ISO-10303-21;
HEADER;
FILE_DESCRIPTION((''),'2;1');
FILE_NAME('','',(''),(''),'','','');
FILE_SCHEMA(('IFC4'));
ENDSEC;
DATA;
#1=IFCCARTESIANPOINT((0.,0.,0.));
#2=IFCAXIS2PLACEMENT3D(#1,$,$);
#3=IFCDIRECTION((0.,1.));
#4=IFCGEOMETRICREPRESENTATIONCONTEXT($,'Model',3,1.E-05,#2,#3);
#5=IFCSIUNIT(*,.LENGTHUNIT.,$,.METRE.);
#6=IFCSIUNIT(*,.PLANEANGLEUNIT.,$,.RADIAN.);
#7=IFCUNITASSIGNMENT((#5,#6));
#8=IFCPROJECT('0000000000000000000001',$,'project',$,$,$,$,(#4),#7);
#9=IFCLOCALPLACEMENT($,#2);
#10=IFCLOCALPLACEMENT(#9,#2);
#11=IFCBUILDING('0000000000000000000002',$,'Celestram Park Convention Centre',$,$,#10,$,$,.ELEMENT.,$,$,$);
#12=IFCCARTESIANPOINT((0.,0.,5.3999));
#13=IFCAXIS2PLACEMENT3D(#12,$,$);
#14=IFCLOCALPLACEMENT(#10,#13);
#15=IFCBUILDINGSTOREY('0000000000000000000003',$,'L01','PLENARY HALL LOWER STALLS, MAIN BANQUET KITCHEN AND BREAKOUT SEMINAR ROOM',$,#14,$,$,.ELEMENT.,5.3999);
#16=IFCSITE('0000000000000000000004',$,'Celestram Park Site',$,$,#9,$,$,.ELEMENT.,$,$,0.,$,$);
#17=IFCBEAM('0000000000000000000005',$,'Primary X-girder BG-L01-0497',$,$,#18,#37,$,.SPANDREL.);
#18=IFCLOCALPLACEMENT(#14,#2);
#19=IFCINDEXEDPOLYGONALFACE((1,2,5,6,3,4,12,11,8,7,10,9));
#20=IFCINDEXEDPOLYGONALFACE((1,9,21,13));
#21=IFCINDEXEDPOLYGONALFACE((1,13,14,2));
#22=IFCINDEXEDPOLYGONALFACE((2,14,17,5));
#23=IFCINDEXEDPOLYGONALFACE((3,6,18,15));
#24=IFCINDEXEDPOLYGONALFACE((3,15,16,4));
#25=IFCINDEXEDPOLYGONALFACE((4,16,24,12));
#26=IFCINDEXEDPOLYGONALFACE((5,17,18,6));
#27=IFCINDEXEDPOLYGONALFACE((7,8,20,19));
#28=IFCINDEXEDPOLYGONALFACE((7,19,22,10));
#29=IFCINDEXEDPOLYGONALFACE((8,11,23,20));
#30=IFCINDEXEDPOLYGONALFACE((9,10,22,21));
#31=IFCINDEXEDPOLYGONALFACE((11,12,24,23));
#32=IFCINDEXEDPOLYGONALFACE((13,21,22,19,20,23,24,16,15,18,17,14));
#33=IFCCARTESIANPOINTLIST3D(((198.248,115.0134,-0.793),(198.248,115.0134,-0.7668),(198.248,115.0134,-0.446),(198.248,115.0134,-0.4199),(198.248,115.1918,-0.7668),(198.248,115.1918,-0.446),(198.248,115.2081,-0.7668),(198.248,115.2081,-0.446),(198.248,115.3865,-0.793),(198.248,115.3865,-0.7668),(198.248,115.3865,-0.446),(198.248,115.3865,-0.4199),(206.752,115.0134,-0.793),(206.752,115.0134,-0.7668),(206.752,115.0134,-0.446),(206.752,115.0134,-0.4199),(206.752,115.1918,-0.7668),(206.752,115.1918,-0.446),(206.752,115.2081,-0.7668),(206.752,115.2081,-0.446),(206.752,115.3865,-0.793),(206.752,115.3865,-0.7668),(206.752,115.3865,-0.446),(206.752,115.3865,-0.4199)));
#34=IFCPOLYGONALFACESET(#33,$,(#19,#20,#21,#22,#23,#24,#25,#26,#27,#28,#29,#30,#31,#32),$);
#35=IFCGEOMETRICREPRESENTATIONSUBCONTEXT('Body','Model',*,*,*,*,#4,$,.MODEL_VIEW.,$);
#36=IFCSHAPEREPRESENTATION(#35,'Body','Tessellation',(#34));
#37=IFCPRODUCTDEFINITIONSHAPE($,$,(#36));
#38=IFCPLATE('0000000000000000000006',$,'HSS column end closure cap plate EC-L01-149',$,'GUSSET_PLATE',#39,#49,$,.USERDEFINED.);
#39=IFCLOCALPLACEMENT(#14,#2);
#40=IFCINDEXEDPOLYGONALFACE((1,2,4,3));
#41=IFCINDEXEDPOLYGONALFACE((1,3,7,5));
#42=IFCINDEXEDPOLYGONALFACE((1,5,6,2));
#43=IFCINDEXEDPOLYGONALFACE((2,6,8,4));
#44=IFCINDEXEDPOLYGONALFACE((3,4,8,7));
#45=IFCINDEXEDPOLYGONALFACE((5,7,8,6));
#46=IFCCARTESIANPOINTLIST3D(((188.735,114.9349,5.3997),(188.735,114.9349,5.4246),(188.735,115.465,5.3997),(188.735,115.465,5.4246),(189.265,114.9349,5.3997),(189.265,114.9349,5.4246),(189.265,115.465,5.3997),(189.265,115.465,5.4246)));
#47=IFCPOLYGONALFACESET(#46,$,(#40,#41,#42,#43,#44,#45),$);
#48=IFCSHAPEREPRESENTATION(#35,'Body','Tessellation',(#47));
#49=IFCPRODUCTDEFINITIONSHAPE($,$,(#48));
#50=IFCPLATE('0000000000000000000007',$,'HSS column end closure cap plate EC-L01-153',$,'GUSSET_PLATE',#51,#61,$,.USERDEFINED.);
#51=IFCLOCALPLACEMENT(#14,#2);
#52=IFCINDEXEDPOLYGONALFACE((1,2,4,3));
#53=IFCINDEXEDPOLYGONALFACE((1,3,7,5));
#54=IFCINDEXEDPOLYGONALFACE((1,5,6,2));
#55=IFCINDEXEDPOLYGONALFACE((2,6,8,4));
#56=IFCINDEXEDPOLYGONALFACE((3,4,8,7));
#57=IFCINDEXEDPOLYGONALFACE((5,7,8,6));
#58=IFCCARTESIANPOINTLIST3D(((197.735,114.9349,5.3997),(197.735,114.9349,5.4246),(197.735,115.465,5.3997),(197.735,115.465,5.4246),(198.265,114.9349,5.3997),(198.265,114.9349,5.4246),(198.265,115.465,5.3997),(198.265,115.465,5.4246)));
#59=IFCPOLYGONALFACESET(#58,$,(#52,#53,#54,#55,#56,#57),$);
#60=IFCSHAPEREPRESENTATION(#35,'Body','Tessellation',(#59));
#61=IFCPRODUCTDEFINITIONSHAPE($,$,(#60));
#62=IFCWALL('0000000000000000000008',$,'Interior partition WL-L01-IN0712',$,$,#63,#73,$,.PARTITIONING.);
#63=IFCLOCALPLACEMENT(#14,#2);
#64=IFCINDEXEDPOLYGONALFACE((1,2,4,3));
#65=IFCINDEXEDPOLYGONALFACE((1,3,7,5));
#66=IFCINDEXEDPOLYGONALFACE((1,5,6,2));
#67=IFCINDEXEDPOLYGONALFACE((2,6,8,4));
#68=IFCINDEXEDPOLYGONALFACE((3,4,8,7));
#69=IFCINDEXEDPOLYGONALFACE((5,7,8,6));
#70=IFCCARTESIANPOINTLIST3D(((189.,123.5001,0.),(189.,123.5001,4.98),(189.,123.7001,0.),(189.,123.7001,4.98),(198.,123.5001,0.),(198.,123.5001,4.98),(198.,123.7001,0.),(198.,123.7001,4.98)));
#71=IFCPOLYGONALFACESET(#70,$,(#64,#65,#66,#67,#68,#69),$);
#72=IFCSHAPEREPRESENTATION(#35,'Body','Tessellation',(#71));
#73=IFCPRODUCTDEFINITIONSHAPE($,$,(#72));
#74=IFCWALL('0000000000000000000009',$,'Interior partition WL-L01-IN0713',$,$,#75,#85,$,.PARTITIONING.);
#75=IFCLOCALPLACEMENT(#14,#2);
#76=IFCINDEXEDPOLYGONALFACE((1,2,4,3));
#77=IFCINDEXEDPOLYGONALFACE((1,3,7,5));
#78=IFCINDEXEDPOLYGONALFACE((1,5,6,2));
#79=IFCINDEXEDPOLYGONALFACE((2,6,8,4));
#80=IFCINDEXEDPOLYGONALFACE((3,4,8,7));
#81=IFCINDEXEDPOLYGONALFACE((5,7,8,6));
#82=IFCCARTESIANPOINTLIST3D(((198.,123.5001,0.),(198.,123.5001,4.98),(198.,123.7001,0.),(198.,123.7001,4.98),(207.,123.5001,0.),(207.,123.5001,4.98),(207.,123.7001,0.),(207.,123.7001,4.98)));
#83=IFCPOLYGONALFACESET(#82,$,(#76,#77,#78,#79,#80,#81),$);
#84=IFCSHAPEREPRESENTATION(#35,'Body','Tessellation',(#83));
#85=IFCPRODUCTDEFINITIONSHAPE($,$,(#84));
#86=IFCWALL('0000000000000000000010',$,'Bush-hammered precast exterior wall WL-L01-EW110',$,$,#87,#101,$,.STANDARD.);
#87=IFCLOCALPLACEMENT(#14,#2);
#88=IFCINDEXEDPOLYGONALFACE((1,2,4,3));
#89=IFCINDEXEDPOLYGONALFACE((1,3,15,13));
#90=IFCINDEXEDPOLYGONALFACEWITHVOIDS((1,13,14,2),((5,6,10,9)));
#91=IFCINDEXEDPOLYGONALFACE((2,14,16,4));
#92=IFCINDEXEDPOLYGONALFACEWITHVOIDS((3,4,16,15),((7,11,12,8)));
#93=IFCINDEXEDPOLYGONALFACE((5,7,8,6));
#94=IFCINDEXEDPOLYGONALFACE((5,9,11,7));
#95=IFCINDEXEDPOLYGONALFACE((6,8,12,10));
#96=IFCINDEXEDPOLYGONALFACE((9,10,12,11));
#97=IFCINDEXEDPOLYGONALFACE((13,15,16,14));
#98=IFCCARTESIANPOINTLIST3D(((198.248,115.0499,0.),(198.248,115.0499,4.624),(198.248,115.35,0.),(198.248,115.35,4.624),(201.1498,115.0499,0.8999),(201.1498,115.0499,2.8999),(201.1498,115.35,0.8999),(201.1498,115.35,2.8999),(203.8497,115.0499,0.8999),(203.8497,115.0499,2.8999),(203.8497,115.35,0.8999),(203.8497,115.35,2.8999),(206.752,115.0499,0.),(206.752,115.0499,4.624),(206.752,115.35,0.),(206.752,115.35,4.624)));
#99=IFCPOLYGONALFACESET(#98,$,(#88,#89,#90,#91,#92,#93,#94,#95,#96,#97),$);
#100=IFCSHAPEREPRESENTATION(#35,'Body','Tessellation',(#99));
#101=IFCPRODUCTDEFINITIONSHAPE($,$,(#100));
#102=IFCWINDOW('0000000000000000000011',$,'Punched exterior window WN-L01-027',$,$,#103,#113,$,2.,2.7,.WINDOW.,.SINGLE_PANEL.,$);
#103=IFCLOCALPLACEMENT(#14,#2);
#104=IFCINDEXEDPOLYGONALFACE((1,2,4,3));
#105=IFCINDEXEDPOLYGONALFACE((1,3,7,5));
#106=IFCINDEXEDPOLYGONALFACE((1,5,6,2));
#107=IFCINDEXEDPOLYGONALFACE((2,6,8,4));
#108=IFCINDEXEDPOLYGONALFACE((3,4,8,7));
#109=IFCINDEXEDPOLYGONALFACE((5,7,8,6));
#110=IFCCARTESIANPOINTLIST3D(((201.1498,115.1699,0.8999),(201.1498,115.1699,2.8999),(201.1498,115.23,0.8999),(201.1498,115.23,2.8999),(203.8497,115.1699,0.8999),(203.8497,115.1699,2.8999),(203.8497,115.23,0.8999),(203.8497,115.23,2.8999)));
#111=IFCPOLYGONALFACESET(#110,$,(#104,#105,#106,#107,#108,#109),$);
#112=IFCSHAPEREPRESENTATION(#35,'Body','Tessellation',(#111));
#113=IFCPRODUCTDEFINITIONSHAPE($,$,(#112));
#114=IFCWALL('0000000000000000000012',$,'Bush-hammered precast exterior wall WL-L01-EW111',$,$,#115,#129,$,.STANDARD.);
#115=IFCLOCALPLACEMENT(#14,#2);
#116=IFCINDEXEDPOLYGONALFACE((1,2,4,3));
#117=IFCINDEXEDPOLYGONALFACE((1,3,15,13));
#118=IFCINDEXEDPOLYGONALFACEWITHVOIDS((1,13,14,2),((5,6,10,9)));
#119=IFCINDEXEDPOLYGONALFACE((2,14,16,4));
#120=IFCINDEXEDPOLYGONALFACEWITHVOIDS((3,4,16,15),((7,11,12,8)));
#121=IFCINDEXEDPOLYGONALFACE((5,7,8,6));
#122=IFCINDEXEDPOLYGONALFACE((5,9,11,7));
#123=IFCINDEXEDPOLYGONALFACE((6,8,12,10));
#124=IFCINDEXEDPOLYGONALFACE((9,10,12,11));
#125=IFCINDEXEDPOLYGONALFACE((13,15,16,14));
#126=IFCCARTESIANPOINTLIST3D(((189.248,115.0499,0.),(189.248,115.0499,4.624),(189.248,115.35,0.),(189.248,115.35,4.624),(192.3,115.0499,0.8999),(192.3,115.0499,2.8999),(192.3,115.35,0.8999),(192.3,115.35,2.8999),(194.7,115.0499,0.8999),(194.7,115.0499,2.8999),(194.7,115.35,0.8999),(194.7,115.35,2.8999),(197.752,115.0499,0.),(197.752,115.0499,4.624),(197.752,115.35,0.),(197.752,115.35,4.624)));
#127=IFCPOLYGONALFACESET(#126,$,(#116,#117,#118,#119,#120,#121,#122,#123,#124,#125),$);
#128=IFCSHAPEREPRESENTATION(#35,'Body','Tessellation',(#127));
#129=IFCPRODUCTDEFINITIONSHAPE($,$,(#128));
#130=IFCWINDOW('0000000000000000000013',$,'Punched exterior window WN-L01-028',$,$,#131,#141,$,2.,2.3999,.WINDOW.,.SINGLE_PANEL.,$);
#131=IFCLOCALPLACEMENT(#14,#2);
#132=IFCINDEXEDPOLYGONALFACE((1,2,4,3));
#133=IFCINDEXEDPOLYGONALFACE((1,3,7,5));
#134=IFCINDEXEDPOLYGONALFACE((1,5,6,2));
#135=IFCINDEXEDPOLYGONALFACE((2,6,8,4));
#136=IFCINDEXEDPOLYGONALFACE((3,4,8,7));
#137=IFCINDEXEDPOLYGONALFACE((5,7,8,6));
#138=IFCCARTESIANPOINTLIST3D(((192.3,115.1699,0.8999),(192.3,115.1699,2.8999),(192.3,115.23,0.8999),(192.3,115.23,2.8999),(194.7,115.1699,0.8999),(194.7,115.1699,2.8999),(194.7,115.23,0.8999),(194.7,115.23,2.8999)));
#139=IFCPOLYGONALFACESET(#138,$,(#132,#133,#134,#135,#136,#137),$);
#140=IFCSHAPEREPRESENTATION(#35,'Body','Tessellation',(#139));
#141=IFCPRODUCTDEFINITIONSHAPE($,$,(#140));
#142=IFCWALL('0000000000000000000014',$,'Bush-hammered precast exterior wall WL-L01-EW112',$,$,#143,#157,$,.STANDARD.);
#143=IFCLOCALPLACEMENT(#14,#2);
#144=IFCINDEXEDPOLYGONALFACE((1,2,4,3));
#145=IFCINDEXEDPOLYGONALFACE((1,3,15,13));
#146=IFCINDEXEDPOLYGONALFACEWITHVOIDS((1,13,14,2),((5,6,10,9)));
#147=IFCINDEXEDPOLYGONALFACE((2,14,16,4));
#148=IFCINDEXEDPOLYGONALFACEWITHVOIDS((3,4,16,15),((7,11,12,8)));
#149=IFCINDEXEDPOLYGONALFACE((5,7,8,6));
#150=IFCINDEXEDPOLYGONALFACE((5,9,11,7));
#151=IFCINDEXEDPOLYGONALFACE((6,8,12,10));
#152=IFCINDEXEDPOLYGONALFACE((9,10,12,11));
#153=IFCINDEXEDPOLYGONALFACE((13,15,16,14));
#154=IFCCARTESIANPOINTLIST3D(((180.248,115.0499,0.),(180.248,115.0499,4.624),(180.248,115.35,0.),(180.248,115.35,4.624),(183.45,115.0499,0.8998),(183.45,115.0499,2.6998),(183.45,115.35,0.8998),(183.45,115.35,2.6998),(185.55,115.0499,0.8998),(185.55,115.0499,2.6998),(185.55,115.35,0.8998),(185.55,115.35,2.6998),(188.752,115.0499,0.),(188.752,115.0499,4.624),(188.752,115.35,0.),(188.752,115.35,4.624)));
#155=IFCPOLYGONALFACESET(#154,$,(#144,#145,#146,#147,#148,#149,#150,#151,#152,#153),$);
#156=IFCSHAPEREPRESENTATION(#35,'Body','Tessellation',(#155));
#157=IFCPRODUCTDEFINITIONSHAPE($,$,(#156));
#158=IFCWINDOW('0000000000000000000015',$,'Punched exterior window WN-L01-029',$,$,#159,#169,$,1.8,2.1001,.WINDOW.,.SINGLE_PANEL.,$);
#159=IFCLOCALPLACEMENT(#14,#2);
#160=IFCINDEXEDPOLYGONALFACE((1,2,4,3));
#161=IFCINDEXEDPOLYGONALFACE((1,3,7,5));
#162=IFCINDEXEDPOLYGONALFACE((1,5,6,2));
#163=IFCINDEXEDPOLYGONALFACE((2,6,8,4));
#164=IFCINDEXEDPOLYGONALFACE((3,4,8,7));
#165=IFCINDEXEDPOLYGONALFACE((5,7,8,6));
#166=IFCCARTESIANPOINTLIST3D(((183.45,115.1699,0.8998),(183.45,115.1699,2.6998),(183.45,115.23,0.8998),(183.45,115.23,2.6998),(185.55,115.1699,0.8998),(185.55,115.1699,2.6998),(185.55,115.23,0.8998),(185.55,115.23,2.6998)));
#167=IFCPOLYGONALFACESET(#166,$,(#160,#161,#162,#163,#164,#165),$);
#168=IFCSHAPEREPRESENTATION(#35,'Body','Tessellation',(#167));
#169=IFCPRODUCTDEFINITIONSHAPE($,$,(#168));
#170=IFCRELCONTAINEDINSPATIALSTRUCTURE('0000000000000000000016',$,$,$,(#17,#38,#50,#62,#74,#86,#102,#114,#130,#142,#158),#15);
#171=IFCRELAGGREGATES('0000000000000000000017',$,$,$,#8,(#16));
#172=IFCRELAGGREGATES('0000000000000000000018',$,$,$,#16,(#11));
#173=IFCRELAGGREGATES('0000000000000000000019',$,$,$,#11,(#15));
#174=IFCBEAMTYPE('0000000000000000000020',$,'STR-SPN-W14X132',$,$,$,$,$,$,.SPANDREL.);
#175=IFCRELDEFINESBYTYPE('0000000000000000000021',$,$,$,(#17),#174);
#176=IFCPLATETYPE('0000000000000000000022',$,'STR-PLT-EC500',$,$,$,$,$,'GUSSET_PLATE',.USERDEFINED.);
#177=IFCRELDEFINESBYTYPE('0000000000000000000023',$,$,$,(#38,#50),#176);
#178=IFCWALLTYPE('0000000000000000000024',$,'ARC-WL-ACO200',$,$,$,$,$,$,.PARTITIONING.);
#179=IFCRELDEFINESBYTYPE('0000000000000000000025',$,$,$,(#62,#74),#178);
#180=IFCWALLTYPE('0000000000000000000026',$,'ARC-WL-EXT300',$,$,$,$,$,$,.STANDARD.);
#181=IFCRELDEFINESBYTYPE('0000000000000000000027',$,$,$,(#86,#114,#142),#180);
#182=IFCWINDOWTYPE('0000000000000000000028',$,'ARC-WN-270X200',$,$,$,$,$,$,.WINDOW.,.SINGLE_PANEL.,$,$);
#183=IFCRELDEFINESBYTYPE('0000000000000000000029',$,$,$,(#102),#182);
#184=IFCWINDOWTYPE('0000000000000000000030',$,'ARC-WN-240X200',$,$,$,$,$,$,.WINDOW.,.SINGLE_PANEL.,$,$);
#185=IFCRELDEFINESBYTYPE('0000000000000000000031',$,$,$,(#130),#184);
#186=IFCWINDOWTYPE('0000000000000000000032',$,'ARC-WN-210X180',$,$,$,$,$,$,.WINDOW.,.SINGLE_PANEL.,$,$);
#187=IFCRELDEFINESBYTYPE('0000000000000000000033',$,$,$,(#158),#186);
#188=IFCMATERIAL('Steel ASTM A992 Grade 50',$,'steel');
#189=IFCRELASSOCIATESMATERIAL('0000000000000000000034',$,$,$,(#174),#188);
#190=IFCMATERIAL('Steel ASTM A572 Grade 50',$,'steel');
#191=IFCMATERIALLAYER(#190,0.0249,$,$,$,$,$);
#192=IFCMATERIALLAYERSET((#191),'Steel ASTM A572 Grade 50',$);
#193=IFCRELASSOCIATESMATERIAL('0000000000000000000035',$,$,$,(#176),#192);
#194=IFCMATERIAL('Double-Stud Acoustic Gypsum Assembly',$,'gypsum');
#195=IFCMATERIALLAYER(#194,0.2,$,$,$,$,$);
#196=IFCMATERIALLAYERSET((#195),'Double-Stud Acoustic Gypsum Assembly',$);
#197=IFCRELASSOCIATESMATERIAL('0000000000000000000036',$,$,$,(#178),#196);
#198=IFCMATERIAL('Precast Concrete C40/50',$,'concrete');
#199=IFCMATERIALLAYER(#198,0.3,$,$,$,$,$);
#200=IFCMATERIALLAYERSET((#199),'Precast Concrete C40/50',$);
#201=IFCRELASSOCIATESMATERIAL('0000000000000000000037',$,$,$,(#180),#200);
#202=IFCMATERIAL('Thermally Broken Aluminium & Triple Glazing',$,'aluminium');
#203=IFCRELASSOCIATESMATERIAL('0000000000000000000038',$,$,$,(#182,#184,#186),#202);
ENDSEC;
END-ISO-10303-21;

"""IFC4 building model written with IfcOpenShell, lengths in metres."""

from ifc_helpers import new_model, si_unit, direction, frame, frame_2d, origin, origin_2d, place, context, subcontext, project, spatial, rectangle, i_section, extrude, material, layer, layer_set, material_profile, profile_set, type_object, element, fill, save


model = new_model("IFC4")

# Units and contexts
model_context = context("Model", 3, precision=1e-05, world=origin(), true_north=direction((0.0, 1.0)))
body_context = subcontext(model_context, "Body", "Model", "MODEL_VIEW")
ifc_project = project(units=[si_unit("LENGTHUNIT", "METRE"), si_unit("PLANEANGLEUNIT", "RADIAN")], contexts=[model_context])

# Site, building, storey
site_placement = place(None, origin())
site = spatial("IfcSite", under=ifc_project, at=site_placement, Name="Celestram Park Site", CompositionType="ELEMENT", RefElevation=0.0)
building_placement = place(site_placement, origin())
building = spatial("IfcBuilding", under=site, at=building_placement, Name="Celestram Park Convention Centre", CompositionType="ELEMENT")
storey_placement = place(building_placement, frame((0.0, 0.0, 5.3999)))
storey = spatial("IfcBuildingStorey", under=building, at=storey_placement, Name="L01", Description="PLENARY HALL LOWER STALLS, MAIN BANQUET KITCHEN AND BREAKOUT SEMINAR ROOM", CompositionType="ELEMENT", Elevation=5.3999)

# Beam
ifc_material_1 = material(Name="Steel ASTM A992 Grade 50", Category="steel")
ifc_material_profile_1 = material_profile(ifc_material_1, i_section(OverallWidth=0.373, OverallDepth=0.373, WebThickness=0.0164, FlangeThickness=0.0261, at=origin_2d()), Name="W14X132")
ifc_profile_set_1 = profile_set([ifc_material_profile_1], Name="Steel ASTM A992 Grade 50")
beam_type_1 = type_object("IfcBeamType", Name="STR-SPN-W14X132", PredefinedType="SPANDREL", material=ifc_profile_set_1)
for number, where, z_axis, x_axis, name in (
    (1, (198.248, 115.2, -0.6064), (1.0, 0.0, 0.0), (0.0, 1.0, 0.0), "Primary X-girder BG-L01-0497"),
):
    element("IfcBeam", number, at=place(storey_placement, frame(where, z_axis=z_axis, x_axis=x_axis)), inside=storey, type_object=beam_type_1, Name=name, PredefinedType="SPANDREL", context=body_context, shape_type="SweptSolid", body=[
        extrude(i_section(OverallWidth=0.373, OverallDepth=0.373, WebThickness=0.0164, FlangeThickness=0.0261, at=origin_2d()), origin(), (0.0, 0.0, 1.0), 8.5039),
    ])

# Plates
ifc_material_2 = material(Name="Steel ASTM A572 Grade 50", Category="steel")
ifc_layer_1 = layer(ifc_material_2, 0.0249)
ifc_layer_set_1 = layer_set([ifc_layer_1], Name="Steel ASTM A572 Grade 50")
plate_type = type_object("IfcPlateType", Name="STR-PLT-EC500", ElementType="GUSSET_PLATE", PredefinedType="USERDEFINED", material=ifc_layer_set_1)
for number, where, z_axis, x_axis, name in (
    (2, (189.0, 115.2, 5.3997), (0.0, 0.0, 1.0), (1.0, 0.0, 0.0), "HSS column end closure cap plate EC-L01-149"),
    (3, (198.0, 115.2, 5.3997), (0.0, 0.0, 1.0), (1.0, 0.0, 0.0), "HSS column end closure cap plate EC-L01-153"),
):
    element("IfcPlate", number, at=place(storey_placement, frame(where, z_axis=z_axis, x_axis=x_axis)), inside=storey, type_object=plate_type, Name=name, ObjectType="GUSSET_PLATE", PredefinedType="USERDEFINED", context=body_context, shape_type="SweptSolid", body=[
        extrude(rectangle(XDim=0.53, YDim=0.53, at=origin_2d()), origin(), (0.0, 0.0, 1.0), 0.0249),
    ])

# Walls
ifc_material_3 = material(Name="Double-Stud Acoustic Gypsum Assembly", Category="gypsum")
ifc_layer_2 = layer(ifc_material_3, 0.2)
ifc_layer_set_2 = layer_set([ifc_layer_2], Name="Double-Stud Acoustic Gypsum Assembly")
wall_type_1 = type_object("IfcWallType", Name="ARC-WL-ACO200", PredefinedType="PARTITIONING", material=ifc_layer_set_2)
for number, where, z_axis, x_axis, name in (
    (4, (189.0, 123.6001, 0.0), (0.0, 0.0, 1.0), (1.0, 0.0, 0.0), "Interior partition WL-L01-IN0712"),
    (5, (198.0, 123.6001, 0.0), (0.0, 0.0, 1.0), (1.0, 0.0, 0.0), "Interior partition WL-L01-IN0713"),
):
    element("IfcWall", number, at=place(storey_placement, frame(where, z_axis=z_axis, x_axis=x_axis)), inside=storey, type_object=wall_type_1, Name=name, PredefinedType="PARTITIONING", context=body_context, shape_type="SweptSolid", body=[
        extrude(rectangle(XDim=9.0, YDim=0.2, at=frame_2d((4.5, 0.0))), origin(), (0.0, 0.0, 1.0), 4.98),
    ])

# Walls, openings, windows
ifc_material_4 = material(Name="Precast Concrete C40/50", Category="concrete")
ifc_layer_3 = layer(ifc_material_4, 0.3)
ifc_layer_set_3 = layer_set([ifc_layer_3], Name="Precast Concrete C40/50")
wall_type_2 = type_object("IfcWallType", Name="ARC-WL-EXT300", PredefinedType="STANDARD", material=ifc_layer_set_3)
wall_1_placement = place(storey_placement, frame((206.752, 115.2, 0.0), z_axis=(0.0, 0.0, 1.0), x_axis=(-1.0, 0.0, 0.0)))
wall_1 = element("IfcWall", 6, at=wall_1_placement, inside=storey, type_object=wall_type_2, Name="Bush-hammered precast exterior wall WL-L01-EW110", PredefinedType="STANDARD", context=body_context, shape_type="SweptSolid", body=[
    extrude(rectangle(XDim=8.5039, YDim=0.3, at=frame_2d((4.252, 0.0))), origin(), (0.0, 0.0, 1.0), 4.624),
])
opening_1_placement = place(wall_1_placement, frame((2.9021, 0.0, 0.8999)))
opening_1 = element("IfcOpeningElement", 7, at=opening_1_placement, cuts=wall_1, PredefinedType="OPENING", context=body_context, shape_type="SweptSolid", body=[
    extrude(rectangle(XDim=2.7, YDim=2.0, at=frame_2d((1.3501, 1.0))), frame((0.0, 0.1599, 0.0), z_axis=(0.0, -1.0, 0.0), x_axis=(1.0, 0.0, 0.0)), (0.0, 0.0, 1.0), 0.3201),
])
ifc_material_5 = material(Name="Thermally Broken Aluminium & Triple Glazing", Category="aluminium")
window_type_1 = type_object("IfcWindowType", Name="ARC-WN-270X200", PartitioningType="SINGLE_PANEL", PredefinedType="WINDOW", material=ifc_material_5)
window_1_placement = place(opening_1_placement, origin())
window_1 = element("IfcWindow", 8, at=window_1_placement, inside=storey, type_object=window_type_1, Name="Punched exterior window WN-L01-027", OverallHeight=2.0, OverallWidth=2.7, PartitioningType="SINGLE_PANEL", PredefinedType="WINDOW", context=body_context, shape_type="SweptSolid", body=[
    extrude(rectangle(XDim=2.7, YDim=2.0, at=frame_2d((1.3501, 1.0))), frame((0.0, 0.03, 0.0), z_axis=(0.0, -1.0, 0.0), x_axis=(1.0, 0.0, 0.0)), (0.0, 0.0, 1.0), 0.0601),
])
fill(opening_1, window_1)
wall_2_placement = place(storey_placement, frame((197.752, 115.2, 0.0), z_axis=(0.0, 0.0, 1.0), x_axis=(-1.0, 0.0, 0.0)))
wall_2 = element("IfcWall", 9, at=wall_2_placement, inside=storey, type_object=wall_type_2, Name="Bush-hammered precast exterior wall WL-L01-EW111", PredefinedType="STANDARD", context=body_context, shape_type="SweptSolid", body=[
    extrude(rectangle(XDim=8.5039, YDim=0.3, at=frame_2d((4.252, 0.0))), origin(), (0.0, 0.0, 1.0), 4.624),
])
opening_2_placement = place(wall_2_placement, frame((3.052, 0.0, 0.8999)))
opening_2 = element("IfcOpeningElement", 10, at=opening_2_placement, cuts=wall_2, PredefinedType="OPENING", context=body_context, shape_type="SweptSolid", body=[
    extrude(rectangle(XDim=2.3999, YDim=2.0, at=frame_2d((1.2, 1.0))), frame((0.0, 0.1599, 0.0), z_axis=(0.0, -1.0, 0.0), x_axis=(1.0, 0.0, 0.0)), (0.0, 0.0, 1.0), 0.3201),
])
window_type_2 = type_object("IfcWindowType", Name="ARC-WN-240X200", PartitioningType="SINGLE_PANEL", PredefinedType="WINDOW", material=ifc_material_5)
window_2_placement = place(opening_2_placement, origin())
window_2 = element("IfcWindow", 11, at=window_2_placement, inside=storey, type_object=window_type_2, Name="Punched exterior window WN-L01-028", OverallHeight=2.0, OverallWidth=2.3999, PartitioningType="SINGLE_PANEL", PredefinedType="WINDOW", context=body_context, shape_type="SweptSolid", body=[
    extrude(rectangle(XDim=2.3999, YDim=2.0, at=frame_2d((1.2, 1.0))), frame((0.0, 0.03, 0.0), z_axis=(0.0, -1.0, 0.0), x_axis=(1.0, 0.0, 0.0)), (0.0, 0.0, 1.0), 0.0601),
])
fill(opening_2, window_2)
wall_3_placement = place(storey_placement, frame((188.752, 115.2, 0.0), z_axis=(0.0, 0.0, 1.0), x_axis=(-1.0, 0.0, 0.0)))
wall_3 = element("IfcWall", 12, at=wall_3_placement, inside=storey, type_object=wall_type_2, Name="Bush-hammered precast exterior wall WL-L01-EW112", PredefinedType="STANDARD", context=body_context, shape_type="SweptSolid", body=[
    extrude(rectangle(XDim=8.5039, YDim=0.3, at=frame_2d((4.252, 0.0))), origin(), (0.0, 0.0, 1.0), 4.624),
])
opening_3_placement = place(wall_3_placement, frame((3.2019, 0.0, 0.8999)))
opening_3 = element("IfcOpeningElement", 13, at=opening_3_placement, cuts=wall_3, PredefinedType="OPENING", context=body_context, shape_type="SweptSolid", body=[
    extrude(rectangle(XDim=2.1001, YDim=1.8, at=frame_2d((1.05, 0.8999))), frame((0.0, 0.1599, 0.0), z_axis=(0.0, -1.0, 0.0), x_axis=(1.0, 0.0, 0.0)), (0.0, 0.0, 1.0), 0.3201),
])
window_type_3 = type_object("IfcWindowType", Name="ARC-WN-210X180", PartitioningType="SINGLE_PANEL", PredefinedType="WINDOW", material=ifc_material_5)
window_3_placement = place(opening_3_placement, origin())
window_3 = element("IfcWindow", 14, at=window_3_placement, inside=storey, type_object=window_type_3, Name="Punched exterior window WN-L01-029", OverallHeight=1.8, OverallWidth=2.1001, PartitioningType="SINGLE_PANEL", PredefinedType="WINDOW", context=body_context, shape_type="SweptSolid", body=[
    extrude(rectangle(XDim=2.1001, YDim=1.8, at=frame_2d((1.05, 0.8999))), frame((0.0, 0.03, 0.0), z_axis=(0.0, -1.0, 0.0), x_axis=(1.0, 0.0, 0.0)), (0.0, 0.0, 1.0), 0.0601),
])
fill(opening_3, window_3)

save(model, "model.ifc")
